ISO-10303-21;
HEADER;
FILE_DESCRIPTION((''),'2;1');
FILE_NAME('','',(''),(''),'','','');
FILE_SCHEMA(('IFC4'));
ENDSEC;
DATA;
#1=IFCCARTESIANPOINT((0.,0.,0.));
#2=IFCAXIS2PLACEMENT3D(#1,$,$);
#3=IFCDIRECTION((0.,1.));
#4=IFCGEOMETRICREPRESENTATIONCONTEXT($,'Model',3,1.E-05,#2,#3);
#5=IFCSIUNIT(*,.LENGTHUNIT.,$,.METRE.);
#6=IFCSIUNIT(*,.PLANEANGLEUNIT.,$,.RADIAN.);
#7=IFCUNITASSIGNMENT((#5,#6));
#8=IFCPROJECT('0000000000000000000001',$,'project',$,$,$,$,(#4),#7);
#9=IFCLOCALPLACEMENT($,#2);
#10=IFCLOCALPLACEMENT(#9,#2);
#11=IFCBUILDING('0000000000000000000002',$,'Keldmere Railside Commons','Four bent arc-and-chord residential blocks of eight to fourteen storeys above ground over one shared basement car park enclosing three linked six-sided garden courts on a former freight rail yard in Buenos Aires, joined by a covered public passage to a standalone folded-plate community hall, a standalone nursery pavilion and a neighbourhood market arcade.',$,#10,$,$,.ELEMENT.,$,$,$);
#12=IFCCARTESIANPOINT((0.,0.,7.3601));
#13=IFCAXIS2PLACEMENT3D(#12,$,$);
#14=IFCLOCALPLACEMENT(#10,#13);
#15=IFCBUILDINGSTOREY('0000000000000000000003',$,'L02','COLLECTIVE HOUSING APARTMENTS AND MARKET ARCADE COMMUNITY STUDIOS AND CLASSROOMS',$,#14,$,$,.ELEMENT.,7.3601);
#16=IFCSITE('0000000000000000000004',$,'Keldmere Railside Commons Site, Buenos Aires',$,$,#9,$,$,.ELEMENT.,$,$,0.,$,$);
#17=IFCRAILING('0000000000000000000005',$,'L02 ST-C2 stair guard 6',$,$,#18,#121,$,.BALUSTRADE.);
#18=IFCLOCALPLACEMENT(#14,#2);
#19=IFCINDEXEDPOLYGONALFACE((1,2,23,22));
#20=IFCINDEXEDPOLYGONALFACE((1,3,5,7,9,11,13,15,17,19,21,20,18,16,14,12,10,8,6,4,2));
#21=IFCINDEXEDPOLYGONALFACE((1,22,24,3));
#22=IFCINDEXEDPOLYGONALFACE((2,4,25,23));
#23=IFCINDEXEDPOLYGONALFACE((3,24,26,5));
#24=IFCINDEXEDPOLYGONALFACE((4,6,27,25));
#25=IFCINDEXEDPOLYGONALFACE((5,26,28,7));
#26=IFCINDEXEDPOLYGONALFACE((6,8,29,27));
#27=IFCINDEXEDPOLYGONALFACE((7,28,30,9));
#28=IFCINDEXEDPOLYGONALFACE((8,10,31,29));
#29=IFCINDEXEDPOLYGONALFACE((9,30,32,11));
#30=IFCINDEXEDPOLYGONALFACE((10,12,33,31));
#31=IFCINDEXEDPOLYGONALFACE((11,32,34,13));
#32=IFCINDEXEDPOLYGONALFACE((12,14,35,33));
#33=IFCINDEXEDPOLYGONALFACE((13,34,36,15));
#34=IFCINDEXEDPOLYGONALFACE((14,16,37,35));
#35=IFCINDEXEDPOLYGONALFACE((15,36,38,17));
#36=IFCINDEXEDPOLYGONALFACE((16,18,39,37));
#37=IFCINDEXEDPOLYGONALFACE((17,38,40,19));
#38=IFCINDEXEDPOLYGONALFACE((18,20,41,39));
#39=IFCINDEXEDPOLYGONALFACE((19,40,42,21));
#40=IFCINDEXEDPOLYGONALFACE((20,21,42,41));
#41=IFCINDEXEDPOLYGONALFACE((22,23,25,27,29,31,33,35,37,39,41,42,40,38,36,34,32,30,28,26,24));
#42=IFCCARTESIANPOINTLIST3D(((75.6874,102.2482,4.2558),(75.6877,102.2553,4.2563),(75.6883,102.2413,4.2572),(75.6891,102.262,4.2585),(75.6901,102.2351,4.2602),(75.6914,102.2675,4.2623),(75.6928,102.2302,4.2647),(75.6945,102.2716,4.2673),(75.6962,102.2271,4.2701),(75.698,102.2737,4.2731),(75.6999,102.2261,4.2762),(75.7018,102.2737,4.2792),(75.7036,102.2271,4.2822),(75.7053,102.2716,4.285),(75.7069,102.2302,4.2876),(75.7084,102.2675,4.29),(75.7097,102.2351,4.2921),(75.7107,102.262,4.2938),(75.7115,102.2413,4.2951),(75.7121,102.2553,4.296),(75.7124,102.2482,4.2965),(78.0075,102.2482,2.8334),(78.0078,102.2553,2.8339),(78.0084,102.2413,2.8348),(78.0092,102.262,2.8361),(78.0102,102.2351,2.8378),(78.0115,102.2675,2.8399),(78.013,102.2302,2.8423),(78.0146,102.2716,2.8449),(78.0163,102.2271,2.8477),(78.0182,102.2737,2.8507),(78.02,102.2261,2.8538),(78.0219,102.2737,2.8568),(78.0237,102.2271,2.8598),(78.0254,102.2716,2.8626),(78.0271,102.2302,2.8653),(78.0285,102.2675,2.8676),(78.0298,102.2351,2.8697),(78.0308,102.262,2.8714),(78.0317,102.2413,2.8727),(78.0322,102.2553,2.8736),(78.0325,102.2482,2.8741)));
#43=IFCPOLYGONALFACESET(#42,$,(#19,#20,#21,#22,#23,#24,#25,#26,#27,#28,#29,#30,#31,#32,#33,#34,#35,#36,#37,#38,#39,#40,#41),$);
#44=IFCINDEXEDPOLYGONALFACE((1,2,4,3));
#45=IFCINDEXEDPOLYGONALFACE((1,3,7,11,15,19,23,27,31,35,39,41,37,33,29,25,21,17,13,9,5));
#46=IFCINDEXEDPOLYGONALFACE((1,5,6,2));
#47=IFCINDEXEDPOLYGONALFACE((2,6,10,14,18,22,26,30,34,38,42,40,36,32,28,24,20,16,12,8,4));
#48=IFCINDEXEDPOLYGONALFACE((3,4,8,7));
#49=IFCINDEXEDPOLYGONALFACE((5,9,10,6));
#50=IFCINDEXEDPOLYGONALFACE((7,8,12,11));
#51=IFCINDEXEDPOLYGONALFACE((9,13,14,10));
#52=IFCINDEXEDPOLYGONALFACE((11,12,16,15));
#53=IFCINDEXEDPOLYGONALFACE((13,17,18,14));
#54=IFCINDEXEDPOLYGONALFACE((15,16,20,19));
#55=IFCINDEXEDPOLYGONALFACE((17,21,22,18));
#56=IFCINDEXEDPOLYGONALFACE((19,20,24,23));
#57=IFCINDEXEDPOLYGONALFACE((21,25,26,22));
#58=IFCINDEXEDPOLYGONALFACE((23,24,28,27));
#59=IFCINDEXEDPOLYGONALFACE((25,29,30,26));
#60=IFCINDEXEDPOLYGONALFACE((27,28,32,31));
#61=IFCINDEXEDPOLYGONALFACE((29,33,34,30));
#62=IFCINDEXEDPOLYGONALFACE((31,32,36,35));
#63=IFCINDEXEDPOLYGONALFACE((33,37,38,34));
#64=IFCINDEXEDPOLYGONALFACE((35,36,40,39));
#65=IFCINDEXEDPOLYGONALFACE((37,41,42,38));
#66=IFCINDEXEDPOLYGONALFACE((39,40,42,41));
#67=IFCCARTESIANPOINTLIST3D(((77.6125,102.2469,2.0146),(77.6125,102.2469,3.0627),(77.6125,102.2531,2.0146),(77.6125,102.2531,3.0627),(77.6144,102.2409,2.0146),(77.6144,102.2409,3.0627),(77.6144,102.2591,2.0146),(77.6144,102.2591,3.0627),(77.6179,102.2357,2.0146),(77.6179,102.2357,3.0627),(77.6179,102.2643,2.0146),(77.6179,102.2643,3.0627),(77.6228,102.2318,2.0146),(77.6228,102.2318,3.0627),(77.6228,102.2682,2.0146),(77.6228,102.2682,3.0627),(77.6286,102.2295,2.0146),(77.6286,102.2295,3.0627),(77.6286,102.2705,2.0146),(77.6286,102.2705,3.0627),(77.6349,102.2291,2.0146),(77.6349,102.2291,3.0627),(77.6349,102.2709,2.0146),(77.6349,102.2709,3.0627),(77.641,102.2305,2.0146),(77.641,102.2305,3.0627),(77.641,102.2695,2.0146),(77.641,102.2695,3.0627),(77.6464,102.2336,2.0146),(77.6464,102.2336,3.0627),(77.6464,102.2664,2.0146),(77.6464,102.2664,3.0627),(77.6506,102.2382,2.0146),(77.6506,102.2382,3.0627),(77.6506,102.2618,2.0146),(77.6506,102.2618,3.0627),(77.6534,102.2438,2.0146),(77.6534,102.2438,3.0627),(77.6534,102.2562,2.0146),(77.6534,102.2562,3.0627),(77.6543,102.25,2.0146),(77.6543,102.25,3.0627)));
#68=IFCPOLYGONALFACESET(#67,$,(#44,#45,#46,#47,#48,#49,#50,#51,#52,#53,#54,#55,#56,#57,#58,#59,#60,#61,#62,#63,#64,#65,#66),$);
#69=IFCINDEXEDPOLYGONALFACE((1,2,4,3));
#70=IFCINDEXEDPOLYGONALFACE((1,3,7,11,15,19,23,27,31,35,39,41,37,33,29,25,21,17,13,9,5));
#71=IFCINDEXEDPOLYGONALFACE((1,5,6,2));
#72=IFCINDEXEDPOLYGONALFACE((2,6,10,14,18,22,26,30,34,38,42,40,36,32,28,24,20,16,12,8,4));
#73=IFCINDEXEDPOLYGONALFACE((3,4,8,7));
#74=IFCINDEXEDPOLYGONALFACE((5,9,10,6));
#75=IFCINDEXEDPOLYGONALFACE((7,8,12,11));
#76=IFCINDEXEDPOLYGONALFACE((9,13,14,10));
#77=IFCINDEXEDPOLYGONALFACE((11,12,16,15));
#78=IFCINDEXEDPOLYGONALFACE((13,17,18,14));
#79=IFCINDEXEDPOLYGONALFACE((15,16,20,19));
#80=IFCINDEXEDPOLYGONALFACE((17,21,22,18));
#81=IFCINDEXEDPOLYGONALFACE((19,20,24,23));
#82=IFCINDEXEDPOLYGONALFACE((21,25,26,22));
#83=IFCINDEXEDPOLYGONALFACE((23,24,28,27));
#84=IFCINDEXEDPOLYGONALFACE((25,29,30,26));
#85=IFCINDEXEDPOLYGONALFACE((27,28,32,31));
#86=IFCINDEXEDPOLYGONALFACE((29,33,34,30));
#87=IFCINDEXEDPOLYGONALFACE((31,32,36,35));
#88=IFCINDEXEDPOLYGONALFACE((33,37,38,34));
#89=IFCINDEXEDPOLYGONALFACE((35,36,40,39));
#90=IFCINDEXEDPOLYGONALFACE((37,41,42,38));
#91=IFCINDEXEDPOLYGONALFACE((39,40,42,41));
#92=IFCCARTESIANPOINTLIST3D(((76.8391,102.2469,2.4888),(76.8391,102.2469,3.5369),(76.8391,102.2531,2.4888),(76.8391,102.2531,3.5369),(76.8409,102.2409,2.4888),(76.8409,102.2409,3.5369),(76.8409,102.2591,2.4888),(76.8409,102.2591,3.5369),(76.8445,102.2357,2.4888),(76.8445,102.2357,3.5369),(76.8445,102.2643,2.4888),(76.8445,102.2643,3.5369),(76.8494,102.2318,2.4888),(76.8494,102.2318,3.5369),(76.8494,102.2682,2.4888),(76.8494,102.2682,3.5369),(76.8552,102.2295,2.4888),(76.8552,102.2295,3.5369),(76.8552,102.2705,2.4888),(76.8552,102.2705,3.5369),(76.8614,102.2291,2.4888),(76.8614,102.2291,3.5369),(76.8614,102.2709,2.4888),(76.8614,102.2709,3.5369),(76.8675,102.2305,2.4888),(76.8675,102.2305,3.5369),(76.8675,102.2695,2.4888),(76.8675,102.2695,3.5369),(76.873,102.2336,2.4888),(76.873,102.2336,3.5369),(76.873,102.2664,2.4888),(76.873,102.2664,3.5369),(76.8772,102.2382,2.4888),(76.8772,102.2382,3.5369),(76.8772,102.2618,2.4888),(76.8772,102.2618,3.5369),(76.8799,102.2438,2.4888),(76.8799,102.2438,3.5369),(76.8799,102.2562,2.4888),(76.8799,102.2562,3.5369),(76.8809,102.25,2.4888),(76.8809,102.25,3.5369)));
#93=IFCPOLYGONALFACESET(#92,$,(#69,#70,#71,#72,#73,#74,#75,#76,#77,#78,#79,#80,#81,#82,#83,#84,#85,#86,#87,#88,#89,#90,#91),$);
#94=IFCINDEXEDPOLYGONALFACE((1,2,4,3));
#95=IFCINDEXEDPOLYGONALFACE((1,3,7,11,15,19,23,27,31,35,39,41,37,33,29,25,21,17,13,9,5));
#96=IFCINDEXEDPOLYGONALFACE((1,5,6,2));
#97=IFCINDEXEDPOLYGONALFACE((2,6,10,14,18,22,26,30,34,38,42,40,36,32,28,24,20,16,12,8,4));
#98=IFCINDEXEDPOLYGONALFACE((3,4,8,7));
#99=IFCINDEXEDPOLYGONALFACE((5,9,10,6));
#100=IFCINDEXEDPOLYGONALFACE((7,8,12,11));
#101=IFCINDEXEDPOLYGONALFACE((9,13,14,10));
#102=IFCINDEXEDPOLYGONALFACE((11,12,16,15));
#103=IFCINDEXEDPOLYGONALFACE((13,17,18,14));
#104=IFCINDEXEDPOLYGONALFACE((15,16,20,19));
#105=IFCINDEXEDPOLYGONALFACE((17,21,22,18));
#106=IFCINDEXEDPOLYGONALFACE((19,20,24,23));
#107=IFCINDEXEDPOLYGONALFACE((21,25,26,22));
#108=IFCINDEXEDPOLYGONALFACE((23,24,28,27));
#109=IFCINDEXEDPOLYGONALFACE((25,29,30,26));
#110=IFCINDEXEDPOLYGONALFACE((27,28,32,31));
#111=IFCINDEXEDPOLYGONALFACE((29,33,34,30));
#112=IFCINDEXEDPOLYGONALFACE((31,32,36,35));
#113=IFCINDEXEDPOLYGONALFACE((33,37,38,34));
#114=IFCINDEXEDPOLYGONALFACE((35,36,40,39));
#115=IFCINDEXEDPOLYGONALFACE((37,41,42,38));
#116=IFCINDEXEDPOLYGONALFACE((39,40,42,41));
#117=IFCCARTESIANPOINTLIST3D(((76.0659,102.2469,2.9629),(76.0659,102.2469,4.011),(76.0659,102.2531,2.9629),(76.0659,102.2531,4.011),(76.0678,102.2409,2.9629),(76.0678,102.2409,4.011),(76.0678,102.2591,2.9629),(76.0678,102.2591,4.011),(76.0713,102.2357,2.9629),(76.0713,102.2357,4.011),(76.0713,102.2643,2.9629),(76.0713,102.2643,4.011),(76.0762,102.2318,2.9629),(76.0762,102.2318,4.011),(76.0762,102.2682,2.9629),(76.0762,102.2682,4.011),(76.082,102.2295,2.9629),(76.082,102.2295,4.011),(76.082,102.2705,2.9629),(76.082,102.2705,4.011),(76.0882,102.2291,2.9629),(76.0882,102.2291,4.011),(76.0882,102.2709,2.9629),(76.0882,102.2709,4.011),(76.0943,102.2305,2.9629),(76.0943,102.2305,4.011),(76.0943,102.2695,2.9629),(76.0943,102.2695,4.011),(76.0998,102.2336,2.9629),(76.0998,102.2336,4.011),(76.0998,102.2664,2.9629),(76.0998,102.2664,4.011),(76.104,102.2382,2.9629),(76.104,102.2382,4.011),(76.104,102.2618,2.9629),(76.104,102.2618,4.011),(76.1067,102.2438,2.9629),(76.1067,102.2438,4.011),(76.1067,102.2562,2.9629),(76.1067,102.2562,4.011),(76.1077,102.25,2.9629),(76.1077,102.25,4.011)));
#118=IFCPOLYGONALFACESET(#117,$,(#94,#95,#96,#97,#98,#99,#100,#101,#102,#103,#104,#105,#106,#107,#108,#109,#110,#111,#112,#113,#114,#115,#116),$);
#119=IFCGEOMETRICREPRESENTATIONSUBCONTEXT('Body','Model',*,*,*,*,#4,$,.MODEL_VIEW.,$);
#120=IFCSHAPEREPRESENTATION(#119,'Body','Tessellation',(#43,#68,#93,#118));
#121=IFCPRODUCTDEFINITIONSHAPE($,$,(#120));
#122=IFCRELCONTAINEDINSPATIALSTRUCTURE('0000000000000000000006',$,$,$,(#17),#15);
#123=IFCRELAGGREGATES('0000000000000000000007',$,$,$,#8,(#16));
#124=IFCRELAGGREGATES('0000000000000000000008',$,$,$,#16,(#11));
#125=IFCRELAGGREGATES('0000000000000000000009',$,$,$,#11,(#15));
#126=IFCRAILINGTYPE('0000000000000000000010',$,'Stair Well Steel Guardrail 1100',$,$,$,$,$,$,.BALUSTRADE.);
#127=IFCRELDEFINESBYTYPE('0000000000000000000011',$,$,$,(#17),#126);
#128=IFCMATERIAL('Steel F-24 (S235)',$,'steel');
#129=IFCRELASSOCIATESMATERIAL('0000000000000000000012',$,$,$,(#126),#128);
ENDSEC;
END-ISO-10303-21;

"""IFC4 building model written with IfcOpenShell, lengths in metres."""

from ifc_helpers import new_model, si_unit, direction, frame, origin, origin_2d, place, context, subcontext, project, spatial, circle, extrude, material, type_object, element, save


model = new_model("IFC4")

# Units and contexts
model_context = context("Model", 3, precision=1e-05, world=origin(), true_north=direction((0.0, 1.0)))
body_context = subcontext(model_context, "Body", "Model", "MODEL_VIEW")
ifc_project = project(units=[si_unit("LENGTHUNIT", "METRE"), si_unit("PLANEANGLEUNIT", "RADIAN")], contexts=[model_context])

# Site, building, storey
site_placement = place(None, origin())
site = spatial("IfcSite", under=ifc_project, at=site_placement, Name="Keldmere Railside Commons Site, Buenos Aires", CompositionType="ELEMENT", RefElevation=0.0)
building_placement = place(site_placement, origin())
building = spatial("IfcBuilding", under=site, at=building_placement, Name="Keldmere Railside Commons", Description="Four bent arc-and-chord residential blocks of eight to fourteen storeys above ground over one shared basement car park enclosing three linked six-sided garden courts on a former freight rail yard in Buenos Aires, joined by a covered public passage to a standalone folded-plate community hall, a standalone nursery pavilion and a neighbourhood market arcade.", CompositionType="ELEMENT")
storey_placement = place(building_placement, frame((0.0, 0.0, 7.3601)))
storey = spatial("IfcBuildingStorey", under=building, at=storey_placement, Name="L02", Description="COLLECTIVE HOUSING APARTMENTS AND MARKET ARCADE COMMUNITY STUDIOS AND CLASSROOMS", CompositionType="ELEMENT", Elevation=7.3601)

# Shared definitions
ifc_material_1 = material(Name="Steel F-24 (S235)", Category="steel")

# Railing
railing_type_1 = type_object("IfcRailingType", Name="Stair Well Steel Guardrail 1100", PredefinedType="BALUSTRADE", material=ifc_material_1)
railing_1_placement = place(storey_placement, frame((78.02, 102.25, 1.7776)))
element("IfcRailing", 1, at=railing_1_placement, inside=storey, type_object=railing_type_1, Name="L02 ST-C2 stair guard 6", PredefinedType="BALUSTRADE", context=body_context, shape_type="SweptSolid", body=[
    extrude(circle(Radius=0.0239, at=origin_2d()), frame((0.0, 0.0, 1.0762), z_axis=(-0.852538, 0.0, 0.522665), x_axis=(0.0, -1.0, 0.0)), (0.0, 0.0, 1.0), 2.7214),
    extrude(circle(Radius=0.021, at=origin_2d()), frame((-0.3867, 0.0, 0.2371)), (0.0, 0.0, 1.0), 1.0481),
    extrude(circle(Radius=0.021, at=origin_2d()), frame((-1.1602, 0.0, 0.7112)), (0.0, 0.0, 1.0), 1.0481),
    extrude(circle(Radius=0.021, at=origin_2d()), frame((-1.9333, 0.0, 1.1853)), (0.0, 0.0, 1.0), 1.0481),
])

save(model, "model.ifc")
